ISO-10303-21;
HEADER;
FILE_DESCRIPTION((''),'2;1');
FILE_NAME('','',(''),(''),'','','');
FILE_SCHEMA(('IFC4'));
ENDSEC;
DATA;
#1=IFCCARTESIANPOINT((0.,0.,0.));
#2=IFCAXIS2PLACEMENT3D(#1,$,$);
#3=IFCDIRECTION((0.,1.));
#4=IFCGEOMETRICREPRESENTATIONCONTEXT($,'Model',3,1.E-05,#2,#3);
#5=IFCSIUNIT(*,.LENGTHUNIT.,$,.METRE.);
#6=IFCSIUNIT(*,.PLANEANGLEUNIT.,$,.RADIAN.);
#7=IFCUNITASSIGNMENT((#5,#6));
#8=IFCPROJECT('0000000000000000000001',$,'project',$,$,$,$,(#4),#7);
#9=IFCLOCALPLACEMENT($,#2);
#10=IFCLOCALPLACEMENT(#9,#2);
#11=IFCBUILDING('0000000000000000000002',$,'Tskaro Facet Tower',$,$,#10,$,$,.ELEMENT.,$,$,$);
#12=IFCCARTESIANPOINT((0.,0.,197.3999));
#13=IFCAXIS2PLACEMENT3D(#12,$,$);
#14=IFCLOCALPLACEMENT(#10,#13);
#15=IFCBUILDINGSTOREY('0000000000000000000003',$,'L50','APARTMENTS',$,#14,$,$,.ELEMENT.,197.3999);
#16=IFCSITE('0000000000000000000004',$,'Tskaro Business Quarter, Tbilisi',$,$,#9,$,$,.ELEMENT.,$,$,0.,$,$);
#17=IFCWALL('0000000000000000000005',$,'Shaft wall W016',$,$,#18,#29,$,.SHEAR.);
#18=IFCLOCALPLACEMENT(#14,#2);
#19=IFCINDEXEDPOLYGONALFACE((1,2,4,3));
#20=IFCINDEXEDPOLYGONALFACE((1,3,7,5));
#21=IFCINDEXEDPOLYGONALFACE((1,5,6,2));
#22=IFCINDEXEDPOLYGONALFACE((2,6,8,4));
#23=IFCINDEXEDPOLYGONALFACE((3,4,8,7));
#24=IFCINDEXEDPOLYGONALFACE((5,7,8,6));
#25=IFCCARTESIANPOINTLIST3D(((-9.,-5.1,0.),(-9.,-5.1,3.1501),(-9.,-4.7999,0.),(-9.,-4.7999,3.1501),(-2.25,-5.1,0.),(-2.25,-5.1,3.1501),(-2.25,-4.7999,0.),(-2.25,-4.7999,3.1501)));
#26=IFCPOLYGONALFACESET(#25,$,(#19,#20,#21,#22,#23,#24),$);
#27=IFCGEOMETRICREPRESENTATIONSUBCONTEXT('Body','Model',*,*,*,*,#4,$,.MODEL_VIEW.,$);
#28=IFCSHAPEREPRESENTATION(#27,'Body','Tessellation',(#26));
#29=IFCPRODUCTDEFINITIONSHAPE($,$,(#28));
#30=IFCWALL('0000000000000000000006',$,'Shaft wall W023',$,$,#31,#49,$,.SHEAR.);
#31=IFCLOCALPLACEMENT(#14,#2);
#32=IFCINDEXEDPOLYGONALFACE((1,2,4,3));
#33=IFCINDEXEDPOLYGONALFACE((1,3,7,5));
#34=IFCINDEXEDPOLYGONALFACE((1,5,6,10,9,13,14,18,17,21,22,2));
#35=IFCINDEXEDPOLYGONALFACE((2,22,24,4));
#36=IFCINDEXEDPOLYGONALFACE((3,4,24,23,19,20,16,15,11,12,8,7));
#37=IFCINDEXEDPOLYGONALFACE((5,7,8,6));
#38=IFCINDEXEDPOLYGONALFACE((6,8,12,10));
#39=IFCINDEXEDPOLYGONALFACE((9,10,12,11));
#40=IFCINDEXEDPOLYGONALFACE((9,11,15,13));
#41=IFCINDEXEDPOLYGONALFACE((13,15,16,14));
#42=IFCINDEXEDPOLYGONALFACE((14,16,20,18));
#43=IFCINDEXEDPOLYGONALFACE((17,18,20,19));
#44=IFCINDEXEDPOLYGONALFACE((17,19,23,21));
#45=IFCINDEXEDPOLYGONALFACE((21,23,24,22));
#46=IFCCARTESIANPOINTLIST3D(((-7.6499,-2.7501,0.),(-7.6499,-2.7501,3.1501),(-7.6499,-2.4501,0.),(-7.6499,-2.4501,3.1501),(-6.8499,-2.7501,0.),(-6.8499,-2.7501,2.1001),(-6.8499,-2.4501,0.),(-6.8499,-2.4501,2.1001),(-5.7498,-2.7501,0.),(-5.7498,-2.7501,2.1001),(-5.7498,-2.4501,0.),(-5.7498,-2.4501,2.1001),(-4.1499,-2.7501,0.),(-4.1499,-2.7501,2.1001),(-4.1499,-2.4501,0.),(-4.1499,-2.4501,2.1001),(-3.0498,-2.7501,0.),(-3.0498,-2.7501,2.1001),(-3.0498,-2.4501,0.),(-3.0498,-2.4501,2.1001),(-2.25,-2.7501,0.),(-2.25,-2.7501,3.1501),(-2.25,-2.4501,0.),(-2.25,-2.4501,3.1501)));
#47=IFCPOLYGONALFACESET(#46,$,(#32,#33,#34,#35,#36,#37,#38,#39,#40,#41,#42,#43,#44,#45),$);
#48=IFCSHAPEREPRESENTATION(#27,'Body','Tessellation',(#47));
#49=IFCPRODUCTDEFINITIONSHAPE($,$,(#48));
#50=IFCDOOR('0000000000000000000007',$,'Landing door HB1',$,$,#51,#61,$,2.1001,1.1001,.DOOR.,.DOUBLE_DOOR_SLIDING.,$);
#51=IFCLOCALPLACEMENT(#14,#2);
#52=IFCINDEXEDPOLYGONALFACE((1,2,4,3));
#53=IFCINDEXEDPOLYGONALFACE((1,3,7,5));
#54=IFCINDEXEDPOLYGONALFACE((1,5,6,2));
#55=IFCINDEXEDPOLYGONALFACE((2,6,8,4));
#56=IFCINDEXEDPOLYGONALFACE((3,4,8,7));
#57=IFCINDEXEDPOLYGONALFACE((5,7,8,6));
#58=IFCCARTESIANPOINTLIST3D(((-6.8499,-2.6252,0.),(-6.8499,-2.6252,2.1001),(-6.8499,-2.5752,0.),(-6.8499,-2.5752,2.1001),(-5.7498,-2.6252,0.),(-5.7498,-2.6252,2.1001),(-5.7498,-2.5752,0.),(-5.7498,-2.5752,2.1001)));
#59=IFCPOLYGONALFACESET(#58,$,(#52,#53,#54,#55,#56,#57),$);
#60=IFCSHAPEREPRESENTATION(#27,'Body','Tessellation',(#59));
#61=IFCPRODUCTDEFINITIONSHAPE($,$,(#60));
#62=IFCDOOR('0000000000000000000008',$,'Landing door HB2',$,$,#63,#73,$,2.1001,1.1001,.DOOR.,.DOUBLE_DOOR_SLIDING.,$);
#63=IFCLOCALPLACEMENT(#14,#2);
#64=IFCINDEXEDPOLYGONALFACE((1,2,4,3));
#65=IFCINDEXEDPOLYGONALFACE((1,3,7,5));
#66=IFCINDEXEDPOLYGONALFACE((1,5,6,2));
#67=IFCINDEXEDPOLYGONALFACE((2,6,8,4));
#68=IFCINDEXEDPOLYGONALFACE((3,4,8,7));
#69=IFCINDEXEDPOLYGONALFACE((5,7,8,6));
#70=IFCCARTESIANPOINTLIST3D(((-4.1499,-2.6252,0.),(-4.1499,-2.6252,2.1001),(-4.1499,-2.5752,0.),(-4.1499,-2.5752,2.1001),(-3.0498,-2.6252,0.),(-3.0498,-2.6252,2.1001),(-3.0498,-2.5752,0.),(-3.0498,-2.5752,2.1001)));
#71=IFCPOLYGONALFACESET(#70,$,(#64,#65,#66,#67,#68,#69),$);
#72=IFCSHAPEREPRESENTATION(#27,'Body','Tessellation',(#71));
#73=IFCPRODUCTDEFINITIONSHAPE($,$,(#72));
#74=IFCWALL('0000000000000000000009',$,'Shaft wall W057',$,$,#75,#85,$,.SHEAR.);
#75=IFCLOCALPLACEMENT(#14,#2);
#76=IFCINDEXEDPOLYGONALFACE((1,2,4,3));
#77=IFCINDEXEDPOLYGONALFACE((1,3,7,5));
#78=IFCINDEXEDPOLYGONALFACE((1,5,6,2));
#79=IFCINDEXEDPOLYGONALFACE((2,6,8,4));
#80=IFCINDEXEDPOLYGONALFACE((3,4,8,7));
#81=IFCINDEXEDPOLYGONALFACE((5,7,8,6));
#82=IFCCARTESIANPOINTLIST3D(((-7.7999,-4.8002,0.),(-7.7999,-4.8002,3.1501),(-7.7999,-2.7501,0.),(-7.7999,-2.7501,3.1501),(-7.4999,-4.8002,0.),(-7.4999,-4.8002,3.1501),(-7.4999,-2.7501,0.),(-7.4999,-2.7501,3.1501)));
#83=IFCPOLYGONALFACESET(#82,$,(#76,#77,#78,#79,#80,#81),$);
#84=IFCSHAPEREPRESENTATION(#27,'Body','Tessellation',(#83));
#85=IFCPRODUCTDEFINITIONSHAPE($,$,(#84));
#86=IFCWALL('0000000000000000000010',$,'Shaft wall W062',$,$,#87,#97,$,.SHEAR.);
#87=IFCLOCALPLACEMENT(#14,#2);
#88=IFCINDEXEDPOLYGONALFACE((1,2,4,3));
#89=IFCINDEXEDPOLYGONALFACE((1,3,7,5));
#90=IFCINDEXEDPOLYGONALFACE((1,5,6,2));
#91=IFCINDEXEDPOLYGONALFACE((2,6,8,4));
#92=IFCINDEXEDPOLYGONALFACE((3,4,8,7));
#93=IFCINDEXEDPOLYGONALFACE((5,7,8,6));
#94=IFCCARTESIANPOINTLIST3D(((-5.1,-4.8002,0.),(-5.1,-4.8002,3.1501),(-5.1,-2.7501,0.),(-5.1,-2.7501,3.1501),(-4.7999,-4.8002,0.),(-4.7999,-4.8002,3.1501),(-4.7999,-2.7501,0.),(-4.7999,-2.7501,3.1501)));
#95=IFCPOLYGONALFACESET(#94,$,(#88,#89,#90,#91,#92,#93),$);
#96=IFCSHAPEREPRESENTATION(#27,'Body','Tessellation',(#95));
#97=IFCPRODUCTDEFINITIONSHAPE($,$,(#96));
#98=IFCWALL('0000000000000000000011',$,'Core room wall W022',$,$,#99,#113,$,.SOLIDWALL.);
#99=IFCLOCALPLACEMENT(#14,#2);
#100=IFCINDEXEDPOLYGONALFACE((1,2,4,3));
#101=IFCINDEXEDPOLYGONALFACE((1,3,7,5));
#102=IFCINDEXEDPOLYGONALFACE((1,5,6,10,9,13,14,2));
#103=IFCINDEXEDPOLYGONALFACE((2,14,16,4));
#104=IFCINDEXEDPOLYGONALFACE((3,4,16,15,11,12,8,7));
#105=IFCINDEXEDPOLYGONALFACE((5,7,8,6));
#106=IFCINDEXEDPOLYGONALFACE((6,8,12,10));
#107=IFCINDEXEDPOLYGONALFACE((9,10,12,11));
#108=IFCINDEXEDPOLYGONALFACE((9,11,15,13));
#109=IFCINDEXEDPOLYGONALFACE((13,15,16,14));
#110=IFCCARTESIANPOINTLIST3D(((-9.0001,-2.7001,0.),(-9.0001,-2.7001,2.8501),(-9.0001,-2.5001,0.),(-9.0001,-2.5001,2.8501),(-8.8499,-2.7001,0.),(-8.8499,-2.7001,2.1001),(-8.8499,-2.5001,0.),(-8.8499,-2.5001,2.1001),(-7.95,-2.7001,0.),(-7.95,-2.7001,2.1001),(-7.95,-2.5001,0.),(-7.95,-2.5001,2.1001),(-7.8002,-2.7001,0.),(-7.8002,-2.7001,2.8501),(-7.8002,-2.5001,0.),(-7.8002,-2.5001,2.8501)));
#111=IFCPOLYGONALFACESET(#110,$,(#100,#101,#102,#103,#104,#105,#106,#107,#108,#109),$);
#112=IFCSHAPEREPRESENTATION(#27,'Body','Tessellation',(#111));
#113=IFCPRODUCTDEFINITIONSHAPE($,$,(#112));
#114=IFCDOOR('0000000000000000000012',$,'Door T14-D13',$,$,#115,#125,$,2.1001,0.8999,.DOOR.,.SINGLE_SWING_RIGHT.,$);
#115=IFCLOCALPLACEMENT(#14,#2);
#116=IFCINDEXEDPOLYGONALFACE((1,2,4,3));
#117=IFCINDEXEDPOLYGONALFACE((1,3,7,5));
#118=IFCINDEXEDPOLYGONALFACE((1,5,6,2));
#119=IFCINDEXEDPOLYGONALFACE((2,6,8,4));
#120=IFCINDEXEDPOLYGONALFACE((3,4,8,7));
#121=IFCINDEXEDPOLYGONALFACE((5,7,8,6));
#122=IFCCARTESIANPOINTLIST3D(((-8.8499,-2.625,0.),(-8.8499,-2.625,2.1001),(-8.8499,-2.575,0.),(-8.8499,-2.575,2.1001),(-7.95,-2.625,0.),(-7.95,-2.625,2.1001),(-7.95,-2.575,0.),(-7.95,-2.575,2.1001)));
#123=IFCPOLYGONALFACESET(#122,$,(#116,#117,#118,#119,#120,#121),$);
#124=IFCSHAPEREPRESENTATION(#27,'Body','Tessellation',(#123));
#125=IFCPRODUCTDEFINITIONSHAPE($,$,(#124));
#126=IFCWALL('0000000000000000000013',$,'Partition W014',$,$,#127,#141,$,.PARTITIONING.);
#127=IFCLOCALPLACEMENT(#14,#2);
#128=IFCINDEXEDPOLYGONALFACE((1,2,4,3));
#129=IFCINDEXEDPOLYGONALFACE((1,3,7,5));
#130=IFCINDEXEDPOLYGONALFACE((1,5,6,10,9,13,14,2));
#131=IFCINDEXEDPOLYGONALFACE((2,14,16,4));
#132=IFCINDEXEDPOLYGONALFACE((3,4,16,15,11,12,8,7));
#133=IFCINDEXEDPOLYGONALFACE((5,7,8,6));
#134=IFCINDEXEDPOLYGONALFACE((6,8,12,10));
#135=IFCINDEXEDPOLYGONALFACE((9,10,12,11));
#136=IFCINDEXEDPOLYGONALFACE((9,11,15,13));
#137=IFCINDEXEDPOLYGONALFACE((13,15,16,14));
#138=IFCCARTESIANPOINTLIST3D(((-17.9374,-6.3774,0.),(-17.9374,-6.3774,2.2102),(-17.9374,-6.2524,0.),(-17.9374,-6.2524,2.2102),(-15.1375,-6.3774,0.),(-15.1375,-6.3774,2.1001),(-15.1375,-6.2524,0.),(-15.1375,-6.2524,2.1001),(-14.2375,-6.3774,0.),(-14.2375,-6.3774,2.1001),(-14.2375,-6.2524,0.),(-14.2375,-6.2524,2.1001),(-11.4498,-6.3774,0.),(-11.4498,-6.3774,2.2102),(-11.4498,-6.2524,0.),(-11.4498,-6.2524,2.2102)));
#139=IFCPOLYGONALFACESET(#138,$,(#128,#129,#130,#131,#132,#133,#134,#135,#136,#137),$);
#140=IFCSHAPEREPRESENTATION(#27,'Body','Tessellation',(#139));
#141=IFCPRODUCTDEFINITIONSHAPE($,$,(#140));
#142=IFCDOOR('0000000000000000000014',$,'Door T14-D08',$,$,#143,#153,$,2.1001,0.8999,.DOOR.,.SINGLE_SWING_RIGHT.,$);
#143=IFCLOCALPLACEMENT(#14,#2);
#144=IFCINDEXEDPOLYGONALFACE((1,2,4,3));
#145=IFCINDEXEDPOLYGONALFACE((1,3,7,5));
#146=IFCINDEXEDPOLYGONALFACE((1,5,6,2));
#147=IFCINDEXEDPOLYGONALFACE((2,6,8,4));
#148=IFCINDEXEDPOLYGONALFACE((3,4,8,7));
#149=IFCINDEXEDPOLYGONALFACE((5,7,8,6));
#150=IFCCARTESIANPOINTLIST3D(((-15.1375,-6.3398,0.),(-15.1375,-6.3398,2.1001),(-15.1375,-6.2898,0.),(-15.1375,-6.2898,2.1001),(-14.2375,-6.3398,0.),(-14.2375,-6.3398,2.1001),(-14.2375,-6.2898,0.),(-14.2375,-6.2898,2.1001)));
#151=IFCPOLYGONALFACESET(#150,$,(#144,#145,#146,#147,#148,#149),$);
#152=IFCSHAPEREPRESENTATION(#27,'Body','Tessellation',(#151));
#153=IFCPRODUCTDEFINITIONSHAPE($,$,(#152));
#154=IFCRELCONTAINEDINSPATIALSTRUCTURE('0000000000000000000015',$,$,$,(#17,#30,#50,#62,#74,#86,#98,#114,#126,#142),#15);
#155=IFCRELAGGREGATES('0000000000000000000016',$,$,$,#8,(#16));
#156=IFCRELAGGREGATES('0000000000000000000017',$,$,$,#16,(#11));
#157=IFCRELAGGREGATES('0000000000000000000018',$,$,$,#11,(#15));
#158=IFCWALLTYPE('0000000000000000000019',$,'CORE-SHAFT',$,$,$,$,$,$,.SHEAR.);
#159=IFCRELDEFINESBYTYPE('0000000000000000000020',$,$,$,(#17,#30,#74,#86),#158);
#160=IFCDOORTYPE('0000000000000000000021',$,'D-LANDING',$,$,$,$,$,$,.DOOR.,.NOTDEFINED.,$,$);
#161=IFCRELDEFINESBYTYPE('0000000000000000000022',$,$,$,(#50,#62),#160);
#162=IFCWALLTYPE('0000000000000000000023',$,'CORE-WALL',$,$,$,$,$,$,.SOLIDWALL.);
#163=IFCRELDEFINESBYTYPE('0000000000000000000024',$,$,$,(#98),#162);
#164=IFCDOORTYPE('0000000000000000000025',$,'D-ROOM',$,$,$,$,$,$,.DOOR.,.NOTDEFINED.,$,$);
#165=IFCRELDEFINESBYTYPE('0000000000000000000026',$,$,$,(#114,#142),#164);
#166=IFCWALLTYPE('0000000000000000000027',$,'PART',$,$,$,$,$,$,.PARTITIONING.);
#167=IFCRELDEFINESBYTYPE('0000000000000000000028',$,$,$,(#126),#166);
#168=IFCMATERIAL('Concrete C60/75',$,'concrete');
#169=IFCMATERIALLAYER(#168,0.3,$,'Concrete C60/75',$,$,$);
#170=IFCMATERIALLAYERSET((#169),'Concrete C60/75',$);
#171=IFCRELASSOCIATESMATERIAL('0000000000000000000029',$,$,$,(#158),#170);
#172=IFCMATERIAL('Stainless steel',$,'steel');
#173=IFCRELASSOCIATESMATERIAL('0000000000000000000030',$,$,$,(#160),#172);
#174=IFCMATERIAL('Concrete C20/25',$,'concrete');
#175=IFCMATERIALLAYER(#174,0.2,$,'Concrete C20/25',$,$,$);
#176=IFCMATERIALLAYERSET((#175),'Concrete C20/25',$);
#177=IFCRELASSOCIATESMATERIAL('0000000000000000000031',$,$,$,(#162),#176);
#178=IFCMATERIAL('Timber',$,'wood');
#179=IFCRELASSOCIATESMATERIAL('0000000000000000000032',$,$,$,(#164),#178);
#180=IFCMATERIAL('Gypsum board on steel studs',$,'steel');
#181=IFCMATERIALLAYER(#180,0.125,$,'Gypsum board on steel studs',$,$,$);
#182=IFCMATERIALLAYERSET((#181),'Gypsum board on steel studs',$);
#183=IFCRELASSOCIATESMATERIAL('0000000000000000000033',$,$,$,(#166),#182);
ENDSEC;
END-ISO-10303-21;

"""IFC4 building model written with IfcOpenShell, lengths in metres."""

from ifc_helpers import new_model, si_unit, direction, frame, frame_2d, origin, place, context, subcontext, project, spatial, rectangle, extrude, material, layer, layer_set, type_object, element, fill, save


model = new_model("IFC4")

# Units and contexts
model_context = context("Model", 3, precision=1e-05, world=origin(), true_north=direction((0.0, 1.0)))
body_context = subcontext(model_context, "Body", "Model", "MODEL_VIEW")
ifc_project = project(units=[si_unit("LENGTHUNIT", "METRE"), si_unit("PLANEANGLEUNIT", "RADIAN")], contexts=[model_context])

# Site, building, storey
site_placement = place(None, origin())
site = spatial("IfcSite", under=ifc_project, at=site_placement, Name="Tskaro Business Quarter, Tbilisi", CompositionType="ELEMENT", RefElevation=0.0)
building_placement = place(site_placement, origin())
building = spatial("IfcBuilding", under=site, at=building_placement, Name="Tskaro Facet Tower", CompositionType="ELEMENT")
storey_placement = place(building_placement, frame((0.0, 0.0, 197.3999)))
storey = spatial("IfcBuildingStorey", under=building, at=storey_placement, Name="L50", Description="APARTMENTS", CompositionType="ELEMENT", Elevation=197.3999)

# Wall
ifc_material_1 = material(Name="Concrete C60/75", Category="concrete")
ifc_layer_1 = layer(ifc_material_1, 0.3, Name="Concrete C60/75")
ifc_layer_set_1 = layer_set([ifc_layer_1], Name="Concrete C60/75")
wall_type_1 = type_object("IfcWallType", Name="CORE-SHAFT", PredefinedType="SHEAR", material=ifc_layer_set_1)
wall_1_placement = place(storey_placement, frame((-9.0, -4.95, 0.0), z_axis=(0.0, 0.0, 1.0), x_axis=(1.0, 0.0, 0.0)))
element("IfcWall", 1, at=wall_1_placement, inside=storey, type_object=wall_type_1, Name="Shaft wall W016", PredefinedType="SHEAR", context=body_context, shape_type="SweptSolid", body=[
    extrude(rectangle(XDim=6.75, YDim=0.3, at=frame_2d((3.375, 0.0))), origin(), (0.0, 0.0, 1.0), 3.1501),
])

# Wall, openings, doors
wall_2_placement = place(storey_placement, frame((-7.6499, -2.6001, 0.0), z_axis=(0.0, 0.0, 1.0), x_axis=(1.0, 0.0, 0.0)))
wall_2 = element("IfcWall", 2, at=wall_2_placement, inside=storey, type_object=wall_type_1, Name="Shaft wall W023", PredefinedType="SHEAR", context=body_context, shape_type="SweptSolid", body=[
    extrude(rectangle(XDim=5.3999, YDim=0.3, at=frame_2d((2.7, 0.0))), origin(), (0.0, 0.0, 1.0), 3.1501),
])
opening_1_placement = place(wall_2_placement, frame((0.8, 0.0, 0.0)))
opening_1 = element("IfcOpeningElement", 3, at=opening_1_placement, cuts=wall_2, PredefinedType="OPENING", context=body_context, shape_type="SweptSolid", body=[
    extrude(rectangle(XDim=1.1001, YDim=2.1001, at=frame_2d((0.55, 1.05))), frame((0.0, 0.1599, 0.0), z_axis=(0.0, -1.0, 0.0), x_axis=(1.0, 0.0, 0.0)), (0.0, 0.0, 1.0), 0.3201),
])
opening_2_placement = place(wall_2_placement, frame((3.5, 0.0, 0.0)))
opening_2 = element("IfcOpeningElement", 4, at=opening_2_placement, cuts=wall_2, PredefinedType="OPENING", context=body_context, shape_type="SweptSolid", body=[
    extrude(rectangle(XDim=1.1001, YDim=2.1001, at=frame_2d((0.55, 1.05))), frame((0.0, 0.1599, 0.0), z_axis=(0.0, -1.0, 0.0), x_axis=(1.0, 0.0, 0.0)), (0.0, 0.0, 1.0), 0.3201),
])
ifc_material_2 = material(Name="Stainless steel", Category="steel")
door_type_1 = type_object("IfcDoorType", Name="D-LANDING", OperationType="NOTDEFINED", PredefinedType="DOOR", material=ifc_material_2)
door_1_placement = place(opening_1_placement, origin())
door_1 = element("IfcDoor", 5, at=door_1_placement, inside=storey, type_object=door_type_1, Name="Landing door HB1", OperationType="DOUBLE_DOOR_SLIDING", OverallHeight=2.1001, OverallWidth=1.1001, PredefinedType="DOOR", context=body_context, shape_type="SweptSolid", body=[
    extrude(rectangle(XDim=1.1001, YDim=2.1001, at=frame_2d((0.55, 1.05))), frame((0.0, 0.0249, 0.0), z_axis=(0.0, -1.0, 0.0), x_axis=(1.0, 0.0, 0.0)), (0.0, 0.0, 1.0), 0.05),
])
fill(opening_1, door_1)
door_2_placement = place(opening_2_placement, origin())
door_2 = element("IfcDoor", 6, at=door_2_placement, inside=storey, type_object=door_type_1, Name="Landing door HB2", OperationType="DOUBLE_DOOR_SLIDING", OverallHeight=2.1001, OverallWidth=1.1001, PredefinedType="DOOR", context=body_context, shape_type="SweptSolid", body=[
    extrude(rectangle(XDim=1.1001, YDim=2.1001, at=frame_2d((0.55, 1.05))), frame((0.0, 0.0249, 0.0), z_axis=(0.0, -1.0, 0.0), x_axis=(1.0, 0.0, 0.0)), (0.0, 0.0, 1.0), 0.05),
])
fill(opening_2, door_2)

# Walls
for number, where, z_axis, x_axis, name in (
    (7, (-7.6499, -4.8, 0.0), (0.0, 0.0, 1.0), (0.0, 1.0, 0.0), "Shaft wall W057"),
    (8, (-4.95, -4.8, 0.0), (0.0, 0.0, 1.0), (0.0, 1.0, 0.0), "Shaft wall W062"),
):
    element("IfcWall", number, at=place(storey_placement, frame(where, z_axis=z_axis, x_axis=x_axis)), inside=storey, type_object=wall_type_1, Name=name, PredefinedType="SHEAR", context=body_context, shape_type="SweptSolid", body=[
        extrude(rectangle(XDim=2.05, YDim=0.3, at=frame_2d((1.0249, 0.0))), origin(), (0.0, 0.0, 1.0), 3.1501),
    ])

# Walls, openings, doors
ifc_material_3 = material(Name="Concrete C20/25", Category="concrete")
ifc_layer_2 = layer(ifc_material_3, 0.2, Name="Concrete C20/25")
ifc_layer_set_2 = layer_set([ifc_layer_2], Name="Concrete C20/25")
wall_type_2 = type_object("IfcWallType", Name="CORE-WALL", PredefinedType="SOLIDWALL", material=ifc_layer_set_2)
wall_3_placement = place(storey_placement, frame((-7.8, -2.6001, 0.0), z_axis=(0.0, 0.0, 1.0), x_axis=(-1.0, 0.0, 0.0)))
wall_3 = element("IfcWall", 9, at=wall_3_placement, inside=storey, type_object=wall_type_2, Name="Core room wall W022", PredefinedType="SOLIDWALL", context=body_context, shape_type="SweptSolid", body=[
    extrude(rectangle(XDim=1.2, YDim=0.2, at=frame_2d((0.6001, 0.0))), origin(), (0.0, 0.0, 1.0), 2.8501),
])
opening_3_placement = place(wall_3_placement, frame((0.1499, 0.0, 0.0)))
opening_3 = element("IfcOpeningElement", 10, at=opening_3_placement, cuts=wall_3, PredefinedType="OPENING", context=body_context, shape_type="SweptSolid", body=[
    extrude(rectangle(XDim=0.8999, YDim=2.1001, at=frame_2d((0.45, 1.05))), frame((0.0, 0.1099, 0.0), z_axis=(0.0, -1.0, 0.0), x_axis=(1.0, 0.0, 0.0)), (0.0, 0.0, 1.0), 0.22),
])
ifc_material_4 = material(Name="Timber", Category="wood")
door_type_2 = type_object("IfcDoorType", Name="D-ROOM", OperationType="NOTDEFINED", PredefinedType="DOOR", material=ifc_material_4)
door_3_placement = place(opening_3_placement, origin())
door_3 = element("IfcDoor", 11, at=door_3_placement, inside=storey, type_object=door_type_2, Name="Door T14-D13", OperationType="SINGLE_SWING_RIGHT", OverallHeight=2.1001, OverallWidth=0.8999, PredefinedType="DOOR", context=body_context, shape_type="SweptSolid", body=[
    extrude(rectangle(XDim=0.8999, YDim=2.1001, at=frame_2d((0.45, 1.05))), frame((0.0, 0.0249, 0.0), z_axis=(0.0, -1.0, 0.0), x_axis=(1.0, 0.0, 0.0)), (0.0, 0.0, 1.0), 0.05),
])
fill(opening_3, door_3)
ifc_material_5 = material(Name="Gypsum board on steel studs", Category="steel")
ifc_layer_3 = layer(ifc_material_5, 0.125, Name="Gypsum board on steel studs")
ifc_layer_set_3 = layer_set([ifc_layer_3], Name="Gypsum board on steel studs")
wall_type_3 = type_object("IfcWallType", Name="PART", PredefinedType="PARTITIONING", material=ifc_layer_set_3)
wall_4_placement = place(storey_placement, frame((-11.45, -6.3149, 0.0), z_axis=(0.0, 0.0, 1.0), x_axis=(-1.0, 0.0, 0.0)))
wall_4 = element("IfcWall", 12, at=wall_4_placement, inside=storey, type_object=wall_type_3, Name="Partition W014", PredefinedType="PARTITIONING", context=body_context, shape_type="SweptSolid", body=[
    extrude(rectangle(XDim=6.4875, YDim=0.125, at=frame_2d((3.2437, 0.0))), origin(), (0.0, 0.0, 1.0), 2.2102),
])
opening_4_placement = place(wall_4_placement, frame((2.7876, 0.0, 0.0)))
opening_4 = element("IfcOpeningElement", 13, at=opening_4_placement, cuts=wall_4, PredefinedType="OPENING", context=body_context, shape_type="SweptSolid", body=[
    extrude(rectangle(XDim=0.8999, YDim=2.1001, at=frame_2d((0.45, 1.05))), frame((0.0, 0.0725, 0.0), z_axis=(0.0, -1.0, 0.0), x_axis=(1.0, 0.0, 0.0)), (0.0, 0.0, 1.0), 0.145),
])
door_4_placement = place(opening_4_placement, origin())
door_4 = element("IfcDoor", 14, at=door_4_placement, inside=storey, type_object=door_type_2, Name="Door T14-D08", OperationType="SINGLE_SWING_RIGHT", OverallHeight=2.1001, OverallWidth=0.8999, PredefinedType="DOOR", context=body_context, shape_type="SweptSolid", body=[
    extrude(rectangle(XDim=0.8999, YDim=2.1001, at=frame_2d((0.45, 1.05))), frame((0.0, 0.0249, 0.0), z_axis=(0.0, -1.0, 0.0), x_axis=(1.0, 0.0, 0.0)), (0.0, 0.0, 1.0), 0.05),
])
fill(opening_4, door_4)

save(model, "model.ifc")
